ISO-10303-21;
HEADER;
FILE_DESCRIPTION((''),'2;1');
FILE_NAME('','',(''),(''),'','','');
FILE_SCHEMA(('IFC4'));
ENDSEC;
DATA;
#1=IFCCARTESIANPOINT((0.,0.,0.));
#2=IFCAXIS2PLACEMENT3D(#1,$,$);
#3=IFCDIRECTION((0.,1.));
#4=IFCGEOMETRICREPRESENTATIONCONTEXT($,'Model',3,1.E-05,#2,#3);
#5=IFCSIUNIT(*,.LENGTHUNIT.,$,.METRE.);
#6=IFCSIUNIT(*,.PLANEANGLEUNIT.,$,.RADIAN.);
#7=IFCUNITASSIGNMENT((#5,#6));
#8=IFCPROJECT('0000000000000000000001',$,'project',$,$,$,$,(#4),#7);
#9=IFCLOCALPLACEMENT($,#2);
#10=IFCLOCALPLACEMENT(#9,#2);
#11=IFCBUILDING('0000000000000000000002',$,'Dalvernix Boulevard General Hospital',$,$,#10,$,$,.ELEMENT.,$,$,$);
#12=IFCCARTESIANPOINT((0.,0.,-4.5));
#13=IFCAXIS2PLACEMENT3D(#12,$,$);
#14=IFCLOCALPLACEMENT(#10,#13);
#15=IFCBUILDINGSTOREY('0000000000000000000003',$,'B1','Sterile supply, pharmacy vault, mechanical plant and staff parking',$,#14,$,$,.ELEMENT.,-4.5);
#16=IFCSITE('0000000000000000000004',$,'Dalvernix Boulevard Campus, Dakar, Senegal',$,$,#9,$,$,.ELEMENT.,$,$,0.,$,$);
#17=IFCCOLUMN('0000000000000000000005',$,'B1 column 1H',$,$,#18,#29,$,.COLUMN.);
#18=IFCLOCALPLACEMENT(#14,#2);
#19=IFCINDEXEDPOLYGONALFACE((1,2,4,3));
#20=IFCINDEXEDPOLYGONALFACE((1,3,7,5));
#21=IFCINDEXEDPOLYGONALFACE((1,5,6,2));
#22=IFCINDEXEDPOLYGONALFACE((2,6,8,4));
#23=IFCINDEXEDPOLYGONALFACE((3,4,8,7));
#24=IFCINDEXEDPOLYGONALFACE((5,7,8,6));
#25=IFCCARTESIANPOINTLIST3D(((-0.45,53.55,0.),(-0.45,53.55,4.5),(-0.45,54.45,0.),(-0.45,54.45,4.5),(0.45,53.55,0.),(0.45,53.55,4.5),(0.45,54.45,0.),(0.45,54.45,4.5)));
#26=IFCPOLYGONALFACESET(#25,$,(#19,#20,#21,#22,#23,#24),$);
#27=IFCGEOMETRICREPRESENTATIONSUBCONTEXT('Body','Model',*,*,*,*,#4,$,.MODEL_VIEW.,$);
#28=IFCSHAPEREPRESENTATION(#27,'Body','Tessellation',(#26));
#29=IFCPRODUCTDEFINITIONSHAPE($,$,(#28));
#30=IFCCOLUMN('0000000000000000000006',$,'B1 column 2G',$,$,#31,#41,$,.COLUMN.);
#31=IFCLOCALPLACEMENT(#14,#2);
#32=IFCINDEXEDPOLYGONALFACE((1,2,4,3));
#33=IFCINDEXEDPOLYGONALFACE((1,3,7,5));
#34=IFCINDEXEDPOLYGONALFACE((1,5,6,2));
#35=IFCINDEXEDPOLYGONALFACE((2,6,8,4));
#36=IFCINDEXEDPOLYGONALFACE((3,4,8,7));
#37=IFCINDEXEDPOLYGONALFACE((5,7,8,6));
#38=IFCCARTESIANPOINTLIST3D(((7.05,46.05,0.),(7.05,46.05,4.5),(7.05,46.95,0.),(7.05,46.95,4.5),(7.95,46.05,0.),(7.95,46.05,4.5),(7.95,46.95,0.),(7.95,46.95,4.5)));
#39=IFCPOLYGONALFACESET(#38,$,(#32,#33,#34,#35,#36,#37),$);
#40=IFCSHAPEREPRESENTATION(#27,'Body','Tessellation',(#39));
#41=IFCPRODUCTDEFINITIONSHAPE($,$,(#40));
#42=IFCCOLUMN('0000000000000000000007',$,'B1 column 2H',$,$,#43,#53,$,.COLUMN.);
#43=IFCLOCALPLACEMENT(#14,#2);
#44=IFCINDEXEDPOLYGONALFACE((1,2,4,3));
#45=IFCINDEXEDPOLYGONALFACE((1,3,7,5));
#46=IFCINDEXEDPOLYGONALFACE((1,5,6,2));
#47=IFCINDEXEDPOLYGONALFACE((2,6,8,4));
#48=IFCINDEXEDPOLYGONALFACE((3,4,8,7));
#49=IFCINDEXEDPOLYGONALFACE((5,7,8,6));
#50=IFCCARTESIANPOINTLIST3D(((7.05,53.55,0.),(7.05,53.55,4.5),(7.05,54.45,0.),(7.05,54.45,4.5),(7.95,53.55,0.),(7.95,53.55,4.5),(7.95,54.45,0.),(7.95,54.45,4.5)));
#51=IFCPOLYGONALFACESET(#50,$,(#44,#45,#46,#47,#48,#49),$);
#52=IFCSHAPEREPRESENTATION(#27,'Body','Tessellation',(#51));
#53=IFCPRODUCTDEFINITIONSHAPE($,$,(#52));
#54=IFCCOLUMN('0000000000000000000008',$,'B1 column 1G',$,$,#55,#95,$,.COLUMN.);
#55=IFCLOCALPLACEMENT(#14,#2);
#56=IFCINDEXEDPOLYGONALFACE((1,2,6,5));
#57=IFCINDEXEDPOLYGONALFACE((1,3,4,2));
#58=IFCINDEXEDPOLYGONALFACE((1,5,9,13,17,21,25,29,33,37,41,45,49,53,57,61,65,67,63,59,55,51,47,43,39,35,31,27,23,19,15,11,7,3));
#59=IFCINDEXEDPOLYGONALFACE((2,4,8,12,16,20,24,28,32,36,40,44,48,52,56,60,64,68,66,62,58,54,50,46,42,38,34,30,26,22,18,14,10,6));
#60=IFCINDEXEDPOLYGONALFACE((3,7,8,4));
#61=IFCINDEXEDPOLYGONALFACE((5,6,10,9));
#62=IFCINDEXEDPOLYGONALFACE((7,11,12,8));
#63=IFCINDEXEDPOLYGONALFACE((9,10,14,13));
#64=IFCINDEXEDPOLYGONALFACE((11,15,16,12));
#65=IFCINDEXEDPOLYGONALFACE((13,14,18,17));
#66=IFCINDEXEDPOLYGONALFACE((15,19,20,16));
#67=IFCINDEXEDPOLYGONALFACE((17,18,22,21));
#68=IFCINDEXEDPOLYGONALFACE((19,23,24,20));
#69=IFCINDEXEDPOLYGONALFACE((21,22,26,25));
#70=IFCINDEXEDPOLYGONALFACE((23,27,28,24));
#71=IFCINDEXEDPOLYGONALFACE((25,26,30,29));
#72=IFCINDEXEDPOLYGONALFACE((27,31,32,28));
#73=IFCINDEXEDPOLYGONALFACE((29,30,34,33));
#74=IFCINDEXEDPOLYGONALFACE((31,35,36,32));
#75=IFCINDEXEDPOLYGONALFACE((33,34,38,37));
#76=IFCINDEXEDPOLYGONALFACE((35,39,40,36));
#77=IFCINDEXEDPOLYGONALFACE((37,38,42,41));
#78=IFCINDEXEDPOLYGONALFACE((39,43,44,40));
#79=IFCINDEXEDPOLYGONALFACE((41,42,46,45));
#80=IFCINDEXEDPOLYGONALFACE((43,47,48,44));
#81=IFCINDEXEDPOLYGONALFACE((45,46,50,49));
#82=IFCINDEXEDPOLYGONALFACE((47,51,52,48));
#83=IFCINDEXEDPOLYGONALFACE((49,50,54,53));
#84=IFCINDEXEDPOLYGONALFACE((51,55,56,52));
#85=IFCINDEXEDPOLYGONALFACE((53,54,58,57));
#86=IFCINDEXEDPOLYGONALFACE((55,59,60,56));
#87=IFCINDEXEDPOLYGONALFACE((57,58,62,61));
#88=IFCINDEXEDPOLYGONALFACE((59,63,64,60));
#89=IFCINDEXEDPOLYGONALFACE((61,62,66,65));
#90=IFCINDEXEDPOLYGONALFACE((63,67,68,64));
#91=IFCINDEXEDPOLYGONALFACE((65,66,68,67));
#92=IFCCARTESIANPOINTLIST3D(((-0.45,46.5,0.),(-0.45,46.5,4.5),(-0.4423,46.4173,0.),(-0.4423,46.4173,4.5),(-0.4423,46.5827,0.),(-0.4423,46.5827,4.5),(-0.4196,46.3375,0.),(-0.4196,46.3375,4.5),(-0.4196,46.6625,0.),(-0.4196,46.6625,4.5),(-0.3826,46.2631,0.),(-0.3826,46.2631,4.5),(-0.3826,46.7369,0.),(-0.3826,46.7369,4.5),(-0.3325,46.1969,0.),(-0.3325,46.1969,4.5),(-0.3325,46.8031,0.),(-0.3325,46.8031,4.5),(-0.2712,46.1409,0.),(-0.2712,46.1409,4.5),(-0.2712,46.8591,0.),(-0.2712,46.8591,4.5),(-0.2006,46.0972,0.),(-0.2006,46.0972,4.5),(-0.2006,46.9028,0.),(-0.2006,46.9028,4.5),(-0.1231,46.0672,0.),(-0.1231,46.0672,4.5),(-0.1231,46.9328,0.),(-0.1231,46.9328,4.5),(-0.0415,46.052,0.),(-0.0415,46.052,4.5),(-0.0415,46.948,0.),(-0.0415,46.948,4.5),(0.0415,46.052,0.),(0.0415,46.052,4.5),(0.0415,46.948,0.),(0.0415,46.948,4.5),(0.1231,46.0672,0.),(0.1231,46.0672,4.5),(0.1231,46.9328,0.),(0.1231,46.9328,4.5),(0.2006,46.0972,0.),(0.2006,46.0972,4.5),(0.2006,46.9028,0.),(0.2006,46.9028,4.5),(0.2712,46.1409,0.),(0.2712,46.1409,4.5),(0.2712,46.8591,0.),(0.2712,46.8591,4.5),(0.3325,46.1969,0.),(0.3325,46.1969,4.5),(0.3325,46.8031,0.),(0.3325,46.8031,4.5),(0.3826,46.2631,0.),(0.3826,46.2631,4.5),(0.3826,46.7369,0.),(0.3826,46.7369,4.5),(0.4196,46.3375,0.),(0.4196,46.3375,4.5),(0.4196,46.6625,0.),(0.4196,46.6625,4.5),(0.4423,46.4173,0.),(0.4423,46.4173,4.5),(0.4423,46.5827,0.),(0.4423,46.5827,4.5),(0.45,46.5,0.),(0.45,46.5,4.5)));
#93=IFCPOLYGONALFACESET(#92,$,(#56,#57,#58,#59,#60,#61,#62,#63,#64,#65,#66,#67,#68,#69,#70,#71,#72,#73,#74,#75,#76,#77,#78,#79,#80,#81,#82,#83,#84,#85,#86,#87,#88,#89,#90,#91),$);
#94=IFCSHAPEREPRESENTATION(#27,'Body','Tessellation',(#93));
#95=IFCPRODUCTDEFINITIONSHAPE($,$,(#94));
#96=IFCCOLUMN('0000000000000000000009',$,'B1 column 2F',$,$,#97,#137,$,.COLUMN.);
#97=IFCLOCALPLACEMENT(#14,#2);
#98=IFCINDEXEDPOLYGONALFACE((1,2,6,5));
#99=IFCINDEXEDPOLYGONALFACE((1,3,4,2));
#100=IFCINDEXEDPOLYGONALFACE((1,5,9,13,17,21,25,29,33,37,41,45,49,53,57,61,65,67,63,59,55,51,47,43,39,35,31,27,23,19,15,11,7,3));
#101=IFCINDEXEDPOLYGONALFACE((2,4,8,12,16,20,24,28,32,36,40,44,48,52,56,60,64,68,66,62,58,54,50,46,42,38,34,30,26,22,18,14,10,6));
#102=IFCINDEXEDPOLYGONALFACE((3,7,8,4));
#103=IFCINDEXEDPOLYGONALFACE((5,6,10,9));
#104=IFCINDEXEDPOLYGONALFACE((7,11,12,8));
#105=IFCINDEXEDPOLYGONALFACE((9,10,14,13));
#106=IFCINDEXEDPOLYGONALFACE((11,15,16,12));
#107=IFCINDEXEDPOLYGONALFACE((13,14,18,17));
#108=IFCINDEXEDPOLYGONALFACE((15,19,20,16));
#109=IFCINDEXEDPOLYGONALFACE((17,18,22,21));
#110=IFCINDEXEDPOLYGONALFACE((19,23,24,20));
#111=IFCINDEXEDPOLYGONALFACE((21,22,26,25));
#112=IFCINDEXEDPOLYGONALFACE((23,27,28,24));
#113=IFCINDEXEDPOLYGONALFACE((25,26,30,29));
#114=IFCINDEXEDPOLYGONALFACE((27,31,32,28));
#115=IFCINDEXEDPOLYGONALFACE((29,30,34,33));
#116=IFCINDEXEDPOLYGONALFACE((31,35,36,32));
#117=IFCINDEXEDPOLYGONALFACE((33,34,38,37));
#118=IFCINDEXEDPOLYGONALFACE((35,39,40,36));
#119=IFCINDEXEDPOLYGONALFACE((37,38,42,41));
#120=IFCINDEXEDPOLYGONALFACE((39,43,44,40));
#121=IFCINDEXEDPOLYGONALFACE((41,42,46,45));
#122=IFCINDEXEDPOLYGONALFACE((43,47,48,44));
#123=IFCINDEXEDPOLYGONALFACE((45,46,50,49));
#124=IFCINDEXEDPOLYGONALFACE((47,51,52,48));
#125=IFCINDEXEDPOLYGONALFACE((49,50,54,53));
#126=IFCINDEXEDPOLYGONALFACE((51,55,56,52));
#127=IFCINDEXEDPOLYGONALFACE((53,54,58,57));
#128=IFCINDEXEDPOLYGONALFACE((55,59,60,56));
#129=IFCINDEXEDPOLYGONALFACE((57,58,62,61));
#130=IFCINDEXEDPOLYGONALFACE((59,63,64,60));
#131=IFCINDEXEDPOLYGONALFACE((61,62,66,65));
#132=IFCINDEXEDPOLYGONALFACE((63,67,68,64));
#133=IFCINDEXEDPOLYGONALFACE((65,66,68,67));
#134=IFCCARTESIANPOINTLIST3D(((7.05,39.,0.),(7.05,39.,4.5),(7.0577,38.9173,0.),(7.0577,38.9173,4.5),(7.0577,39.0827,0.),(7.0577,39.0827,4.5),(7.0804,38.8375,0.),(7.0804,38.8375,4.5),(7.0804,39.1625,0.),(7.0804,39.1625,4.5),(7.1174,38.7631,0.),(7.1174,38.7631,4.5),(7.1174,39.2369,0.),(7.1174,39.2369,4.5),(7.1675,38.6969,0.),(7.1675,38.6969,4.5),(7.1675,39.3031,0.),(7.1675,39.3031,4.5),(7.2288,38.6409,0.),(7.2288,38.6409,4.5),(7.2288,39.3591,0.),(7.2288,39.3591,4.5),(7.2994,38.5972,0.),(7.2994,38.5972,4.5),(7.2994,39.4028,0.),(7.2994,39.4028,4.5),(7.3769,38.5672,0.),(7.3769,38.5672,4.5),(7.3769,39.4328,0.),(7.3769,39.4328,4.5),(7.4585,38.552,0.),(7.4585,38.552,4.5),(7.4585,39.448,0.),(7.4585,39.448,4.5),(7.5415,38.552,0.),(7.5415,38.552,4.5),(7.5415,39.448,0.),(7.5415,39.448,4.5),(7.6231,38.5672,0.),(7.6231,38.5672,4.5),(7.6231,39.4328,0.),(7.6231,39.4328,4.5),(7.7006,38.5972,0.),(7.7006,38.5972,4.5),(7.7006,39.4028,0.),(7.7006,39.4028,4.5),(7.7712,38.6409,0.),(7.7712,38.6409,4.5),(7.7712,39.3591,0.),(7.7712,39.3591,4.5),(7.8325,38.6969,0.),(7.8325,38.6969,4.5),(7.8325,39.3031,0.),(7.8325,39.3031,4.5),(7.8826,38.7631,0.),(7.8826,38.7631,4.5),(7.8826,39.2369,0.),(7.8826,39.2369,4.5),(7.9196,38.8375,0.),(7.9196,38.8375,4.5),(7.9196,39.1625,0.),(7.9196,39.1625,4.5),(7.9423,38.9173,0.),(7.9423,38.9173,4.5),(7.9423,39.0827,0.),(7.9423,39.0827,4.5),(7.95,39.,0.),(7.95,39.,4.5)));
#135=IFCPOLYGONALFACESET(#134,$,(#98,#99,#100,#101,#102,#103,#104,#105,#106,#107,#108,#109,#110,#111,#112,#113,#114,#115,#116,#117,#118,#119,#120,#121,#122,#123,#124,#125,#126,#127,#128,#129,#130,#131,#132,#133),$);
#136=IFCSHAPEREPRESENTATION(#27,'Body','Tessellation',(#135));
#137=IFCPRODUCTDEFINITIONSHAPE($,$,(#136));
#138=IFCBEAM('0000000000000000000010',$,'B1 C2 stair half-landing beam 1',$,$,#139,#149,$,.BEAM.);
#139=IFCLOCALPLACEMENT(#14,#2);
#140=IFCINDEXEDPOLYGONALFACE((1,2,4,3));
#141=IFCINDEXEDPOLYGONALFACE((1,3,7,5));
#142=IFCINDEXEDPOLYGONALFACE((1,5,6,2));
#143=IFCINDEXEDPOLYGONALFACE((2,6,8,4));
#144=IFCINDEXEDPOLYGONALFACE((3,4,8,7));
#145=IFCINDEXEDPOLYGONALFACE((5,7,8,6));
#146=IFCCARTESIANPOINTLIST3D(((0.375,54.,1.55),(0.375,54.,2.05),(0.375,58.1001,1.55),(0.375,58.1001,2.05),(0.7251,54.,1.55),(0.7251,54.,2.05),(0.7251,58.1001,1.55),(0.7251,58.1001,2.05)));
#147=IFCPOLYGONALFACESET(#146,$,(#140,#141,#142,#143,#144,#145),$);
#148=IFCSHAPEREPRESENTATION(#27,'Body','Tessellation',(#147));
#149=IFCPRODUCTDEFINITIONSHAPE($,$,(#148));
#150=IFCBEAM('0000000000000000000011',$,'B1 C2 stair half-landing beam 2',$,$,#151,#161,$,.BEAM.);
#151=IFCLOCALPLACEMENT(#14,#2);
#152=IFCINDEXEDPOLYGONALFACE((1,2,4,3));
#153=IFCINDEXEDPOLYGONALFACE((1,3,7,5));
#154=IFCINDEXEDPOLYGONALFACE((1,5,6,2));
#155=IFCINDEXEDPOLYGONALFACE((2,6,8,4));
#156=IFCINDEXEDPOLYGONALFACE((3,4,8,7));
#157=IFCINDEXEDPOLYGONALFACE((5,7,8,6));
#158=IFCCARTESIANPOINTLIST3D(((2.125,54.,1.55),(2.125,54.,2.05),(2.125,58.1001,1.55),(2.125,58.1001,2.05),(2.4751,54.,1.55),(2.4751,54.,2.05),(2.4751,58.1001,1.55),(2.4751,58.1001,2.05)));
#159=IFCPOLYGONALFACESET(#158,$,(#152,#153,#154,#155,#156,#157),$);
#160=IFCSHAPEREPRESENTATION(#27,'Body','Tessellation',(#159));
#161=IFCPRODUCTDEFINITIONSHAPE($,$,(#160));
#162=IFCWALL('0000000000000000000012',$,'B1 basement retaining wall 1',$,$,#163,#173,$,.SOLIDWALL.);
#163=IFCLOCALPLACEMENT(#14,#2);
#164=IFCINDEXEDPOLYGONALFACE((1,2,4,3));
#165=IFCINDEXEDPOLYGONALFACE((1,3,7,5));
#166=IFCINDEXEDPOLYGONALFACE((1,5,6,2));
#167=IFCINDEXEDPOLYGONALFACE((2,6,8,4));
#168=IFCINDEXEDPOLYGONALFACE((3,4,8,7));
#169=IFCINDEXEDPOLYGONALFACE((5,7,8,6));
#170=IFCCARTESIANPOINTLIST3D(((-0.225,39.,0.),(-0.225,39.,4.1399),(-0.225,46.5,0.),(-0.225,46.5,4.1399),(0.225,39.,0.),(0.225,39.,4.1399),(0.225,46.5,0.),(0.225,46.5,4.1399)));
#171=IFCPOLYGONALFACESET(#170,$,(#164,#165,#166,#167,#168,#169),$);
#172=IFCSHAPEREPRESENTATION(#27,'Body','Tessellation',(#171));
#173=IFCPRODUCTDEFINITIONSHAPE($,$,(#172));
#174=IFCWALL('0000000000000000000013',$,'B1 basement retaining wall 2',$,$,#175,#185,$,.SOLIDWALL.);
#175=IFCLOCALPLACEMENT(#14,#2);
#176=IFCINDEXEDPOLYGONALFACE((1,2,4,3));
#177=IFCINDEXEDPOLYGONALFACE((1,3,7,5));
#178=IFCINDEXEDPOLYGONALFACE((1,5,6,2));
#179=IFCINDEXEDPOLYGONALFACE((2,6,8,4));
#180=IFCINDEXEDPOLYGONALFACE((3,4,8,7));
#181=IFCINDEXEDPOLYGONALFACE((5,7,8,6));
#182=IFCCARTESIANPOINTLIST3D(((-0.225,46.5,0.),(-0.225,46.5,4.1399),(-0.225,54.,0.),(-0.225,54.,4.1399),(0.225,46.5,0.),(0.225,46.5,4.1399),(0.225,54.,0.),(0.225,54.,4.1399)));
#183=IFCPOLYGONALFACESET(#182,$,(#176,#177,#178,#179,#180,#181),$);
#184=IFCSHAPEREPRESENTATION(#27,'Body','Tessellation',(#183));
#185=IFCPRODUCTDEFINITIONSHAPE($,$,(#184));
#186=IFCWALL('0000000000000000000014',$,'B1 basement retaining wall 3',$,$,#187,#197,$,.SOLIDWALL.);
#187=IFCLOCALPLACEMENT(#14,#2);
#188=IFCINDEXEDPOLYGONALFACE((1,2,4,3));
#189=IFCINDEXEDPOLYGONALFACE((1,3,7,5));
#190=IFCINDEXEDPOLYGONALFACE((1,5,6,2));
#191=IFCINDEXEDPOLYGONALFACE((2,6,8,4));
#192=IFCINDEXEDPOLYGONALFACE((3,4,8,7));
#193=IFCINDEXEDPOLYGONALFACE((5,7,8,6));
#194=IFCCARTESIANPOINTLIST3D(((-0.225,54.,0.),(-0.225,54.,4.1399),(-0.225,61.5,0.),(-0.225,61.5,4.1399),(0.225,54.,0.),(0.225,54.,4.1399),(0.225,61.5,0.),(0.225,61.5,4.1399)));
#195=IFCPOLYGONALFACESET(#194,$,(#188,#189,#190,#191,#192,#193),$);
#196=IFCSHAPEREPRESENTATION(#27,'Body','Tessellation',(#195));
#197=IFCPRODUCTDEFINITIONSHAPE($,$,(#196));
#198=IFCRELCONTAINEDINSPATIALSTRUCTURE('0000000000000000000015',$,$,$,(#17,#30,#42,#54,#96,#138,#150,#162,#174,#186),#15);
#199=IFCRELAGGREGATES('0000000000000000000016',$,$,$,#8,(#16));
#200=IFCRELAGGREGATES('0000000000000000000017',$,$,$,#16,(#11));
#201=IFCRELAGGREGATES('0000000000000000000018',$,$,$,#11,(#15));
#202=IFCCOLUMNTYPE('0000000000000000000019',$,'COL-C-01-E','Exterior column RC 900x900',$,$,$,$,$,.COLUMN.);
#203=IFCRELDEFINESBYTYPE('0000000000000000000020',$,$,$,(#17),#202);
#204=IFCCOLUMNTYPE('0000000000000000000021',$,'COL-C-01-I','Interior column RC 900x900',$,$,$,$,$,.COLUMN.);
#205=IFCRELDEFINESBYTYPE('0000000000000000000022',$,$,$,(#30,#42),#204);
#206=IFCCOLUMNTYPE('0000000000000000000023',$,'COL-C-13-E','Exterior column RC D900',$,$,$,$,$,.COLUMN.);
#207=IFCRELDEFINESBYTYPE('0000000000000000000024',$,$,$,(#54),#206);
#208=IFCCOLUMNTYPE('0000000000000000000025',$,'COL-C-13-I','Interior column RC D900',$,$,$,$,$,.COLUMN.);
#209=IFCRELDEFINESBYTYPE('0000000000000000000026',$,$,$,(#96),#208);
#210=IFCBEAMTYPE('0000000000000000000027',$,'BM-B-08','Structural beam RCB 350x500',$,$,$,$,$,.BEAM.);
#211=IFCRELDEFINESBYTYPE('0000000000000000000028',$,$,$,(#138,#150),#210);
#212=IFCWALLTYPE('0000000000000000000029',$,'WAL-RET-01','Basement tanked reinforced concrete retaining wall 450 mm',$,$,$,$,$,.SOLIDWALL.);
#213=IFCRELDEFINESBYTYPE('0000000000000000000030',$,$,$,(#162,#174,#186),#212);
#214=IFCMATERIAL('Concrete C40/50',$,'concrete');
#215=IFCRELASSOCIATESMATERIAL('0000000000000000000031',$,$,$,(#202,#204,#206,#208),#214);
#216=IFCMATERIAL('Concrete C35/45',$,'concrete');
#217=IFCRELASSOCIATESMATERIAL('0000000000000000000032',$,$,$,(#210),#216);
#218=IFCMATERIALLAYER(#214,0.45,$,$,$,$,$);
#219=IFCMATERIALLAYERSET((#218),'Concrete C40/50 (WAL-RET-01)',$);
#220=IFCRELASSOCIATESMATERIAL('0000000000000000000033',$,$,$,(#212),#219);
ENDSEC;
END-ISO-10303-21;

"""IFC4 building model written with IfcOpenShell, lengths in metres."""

from ifc_helpers import new_model, si_unit, direction, frame, frame_2d, origin, origin_2d, place, context, subcontext, project, spatial, rectangle, circle, extrude, material, layer, layer_set, material_profile, profile_set, type_object, element, save


model = new_model("IFC4")

# Units and contexts
model_context = context("Model", 3, precision=1e-05, world=origin(), true_north=direction((0.0, 1.0)))
body_context = subcontext(model_context, "Body", "Model", "MODEL_VIEW")
ifc_project = project(units=[si_unit("LENGTHUNIT", "METRE"), si_unit("PLANEANGLEUNIT", "RADIAN")], contexts=[model_context])

# Site, building, storey
site_placement = place(None, origin())
site = spatial("IfcSite", under=ifc_project, at=site_placement, Name="Dalvernix Boulevard Campus, Dakar, Senegal", CompositionType="ELEMENT", RefElevation=0.0)
building_placement = place(site_placement, origin())
building = spatial("IfcBuilding", under=site, at=building_placement, Name="Dalvernix Boulevard General Hospital", CompositionType="ELEMENT")
storey_placement = place(building_placement, frame((0.0, 0.0, -4.5)))
storey = spatial("IfcBuildingStorey", under=building, at=storey_placement, Name="B1", Description="Sterile supply, pharmacy vault, mechanical plant and staff parking", CompositionType="ELEMENT", Elevation=-4.5)

# Shared definitions
ifc_material_1 = material(Name="Concrete C35/45", Category="concrete")
ifc_material_2 = material(Name="Concrete C40/50", Category="concrete")

# Columns
ifc_material_profile_1 = material_profile(ifc_material_2, rectangle(XDim=0.8999, YDim=0.8999, at=origin_2d()), Name="RC 900x900")
ifc_profile_set_1 = profile_set([ifc_material_profile_1], Name="Concrete C40/50")
column_type_1 = type_object("IfcColumnType", Name="COL-C-01-E", Description="Exterior column RC 900x900", PredefinedType="COLUMN", material=ifc_profile_set_1)
column_1_placement = place(storey_placement, frame((0.0, 54.0, 0.0), z_axis=(0.0, 0.0, 1.0), x_axis=(1.0, 0.0, 0.0)))
element("IfcColumn", 1, at=column_1_placement, inside=storey, type_object=column_type_1, Name="B1 column 1H", PredefinedType="COLUMN", context=body_context, shape_type="SweptSolid", body=[
    extrude(rectangle(XDim=0.8999, YDim=0.8999, at=origin_2d()), origin(), (0.0, 0.0, 1.0), 4.5),
])
ifc_material_profile_2 = material_profile(ifc_material_2, rectangle(XDim=0.8999, YDim=0.8999, at=origin_2d()), Name="RC 900x900")
ifc_profile_set_2 = profile_set([ifc_material_profile_2], Name="Concrete C40/50")
column_type_2 = type_object("IfcColumnType", Name="COL-C-01-I", Description="Interior column RC 900x900", PredefinedType="COLUMN", material=ifc_profile_set_2)
for number, where, z_axis, x_axis, name in (
    (2, (7.5, 46.5, 0.0), (0.0, 0.0, 1.0), (1.0, 0.0, 0.0), "B1 column 2G"),
    (3, (7.5, 54.0, 0.0), (0.0, 0.0, 1.0), (1.0, 0.0, 0.0), "B1 column 2H"),
):
    element("IfcColumn", number, at=place(storey_placement, frame(where, z_axis=z_axis, x_axis=x_axis)), inside=storey, type_object=column_type_2, Name=name, PredefinedType="COLUMN", context=body_context, shape_type="SweptSolid", body=[
        extrude(rectangle(XDim=0.8999, YDim=0.8999, at=origin_2d()), origin(), (0.0, 0.0, 1.0), 4.5),
    ])
ifc_material_profile_3 = material_profile(ifc_material_2, circle(Radius=0.45, at=origin_2d()), Name="RC D900")
ifc_profile_set_3 = profile_set([ifc_material_profile_3], Name="Concrete C40/50")
column_type_3 = type_object("IfcColumnType", Name="COL-C-13-E", Description="Exterior column RC D900", PredefinedType="COLUMN", material=ifc_profile_set_3)
column_2_placement = place(storey_placement, frame((0.0, 46.5, 0.0), z_axis=(0.0, 0.0, 1.0), x_axis=(1.0, 0.0, 0.0)))
element("IfcColumn", 4, at=column_2_placement, inside=storey, type_object=column_type_3, Name="B1 column 1G", PredefinedType="COLUMN", context=body_context, shape_type="SweptSolid", body=[
    extrude(circle(Radius=0.45, at=origin_2d()), origin(), (0.0, 0.0, 1.0), 4.5),
])
ifc_material_profile_4 = material_profile(ifc_material_2, circle(Radius=0.45, at=origin_2d()), Name="RC D900")
ifc_profile_set_4 = profile_set([ifc_material_profile_4], Name="Concrete C40/50")
column_type_4 = type_object("IfcColumnType", Name="COL-C-13-I", Description="Interior column RC D900", PredefinedType="COLUMN", material=ifc_profile_set_4)
column_3_placement = place(storey_placement, frame((7.5, 39.0, 0.0), z_axis=(0.0, 0.0, 1.0), x_axis=(1.0, 0.0, 0.0)))
element("IfcColumn", 5, at=column_3_placement, inside=storey, type_object=column_type_4, Name="B1 column 2F", PredefinedType="COLUMN", context=body_context, shape_type="SweptSolid", body=[
    extrude(circle(Radius=0.45, at=origin_2d()), origin(), (0.0, 0.0, 1.0), 4.5),
])

# Beams
ifc_material_profile_5 = material_profile(ifc_material_1, rectangle(XDim=0.3501, YDim=0.5, at=origin_2d()), Name="RCB 350x500")
ifc_profile_set_5 = profile_set([ifc_material_profile_5], Name="Concrete C35/45")
beam_type = type_object("IfcBeamType", Name="BM-B-08", Description="Structural beam RCB 350x500", PredefinedType="BEAM", material=ifc_profile_set_5)
for number, where, z_axis, x_axis, name in (
    (6, (0.55, 54.0, 1.8), (0.0, 1.0, 0.0), (-1.0, 0.0, 0.0), "B1 C2 stair half-landing beam 1"),
    (7, (2.3, 54.0, 1.8), (0.0, 1.0, 0.0), (-1.0, 0.0, 0.0), "B1 C2 stair half-landing beam 2"),
):
    element("IfcBeam", number, at=place(storey_placement, frame(where, z_axis=z_axis, x_axis=x_axis)), inside=storey, type_object=beam_type, Name=name, PredefinedType="BEAM", context=body_context, shape_type="SweptSolid", body=[
        extrude(rectangle(XDim=0.3501, YDim=0.5, at=origin_2d()), origin(), (0.0, 0.0, 1.0), 4.1001),
    ])

# Walls
ifc_layer = layer(ifc_material_2, 0.45)
ifc_layer_set = layer_set([ifc_layer], Name="Concrete C40/50 (WAL-RET-01)")
wall_type = type_object("IfcWallType", Name="WAL-RET-01", Description="Basement tanked reinforced concrete retaining wall 450 mm", PredefinedType="SOLIDWALL", material=ifc_layer_set)
for number, where, z_axis, x_axis, name in (
    (8, (0.0, 39.0, 0.0), (0.0, 0.0, 1.0), (0.0, 1.0, 0.0), "B1 basement retaining wall 1"),
    (9, (0.0, 46.5, 0.0), (0.0, 0.0, 1.0), (0.0, 1.0, 0.0), "B1 basement retaining wall 2"),
    (10, (0.0, 54.0, 0.0), (0.0, 0.0, 1.0), (0.0, 1.0, 0.0), "B1 basement retaining wall 3"),
):
    element("IfcWall", number, at=place(storey_placement, frame(where, z_axis=z_axis, x_axis=x_axis)), inside=storey, type_object=wall_type, Name=name, PredefinedType="SOLIDWALL", context=body_context, shape_type="SweptSolid", body=[
        extrude(rectangle(XDim=7.5, YDim=0.45, at=frame_2d((3.75, 0.0))), origin(), (0.0, 0.0, 1.0), 4.1399),
    ])

save(model, "model.ifc")
